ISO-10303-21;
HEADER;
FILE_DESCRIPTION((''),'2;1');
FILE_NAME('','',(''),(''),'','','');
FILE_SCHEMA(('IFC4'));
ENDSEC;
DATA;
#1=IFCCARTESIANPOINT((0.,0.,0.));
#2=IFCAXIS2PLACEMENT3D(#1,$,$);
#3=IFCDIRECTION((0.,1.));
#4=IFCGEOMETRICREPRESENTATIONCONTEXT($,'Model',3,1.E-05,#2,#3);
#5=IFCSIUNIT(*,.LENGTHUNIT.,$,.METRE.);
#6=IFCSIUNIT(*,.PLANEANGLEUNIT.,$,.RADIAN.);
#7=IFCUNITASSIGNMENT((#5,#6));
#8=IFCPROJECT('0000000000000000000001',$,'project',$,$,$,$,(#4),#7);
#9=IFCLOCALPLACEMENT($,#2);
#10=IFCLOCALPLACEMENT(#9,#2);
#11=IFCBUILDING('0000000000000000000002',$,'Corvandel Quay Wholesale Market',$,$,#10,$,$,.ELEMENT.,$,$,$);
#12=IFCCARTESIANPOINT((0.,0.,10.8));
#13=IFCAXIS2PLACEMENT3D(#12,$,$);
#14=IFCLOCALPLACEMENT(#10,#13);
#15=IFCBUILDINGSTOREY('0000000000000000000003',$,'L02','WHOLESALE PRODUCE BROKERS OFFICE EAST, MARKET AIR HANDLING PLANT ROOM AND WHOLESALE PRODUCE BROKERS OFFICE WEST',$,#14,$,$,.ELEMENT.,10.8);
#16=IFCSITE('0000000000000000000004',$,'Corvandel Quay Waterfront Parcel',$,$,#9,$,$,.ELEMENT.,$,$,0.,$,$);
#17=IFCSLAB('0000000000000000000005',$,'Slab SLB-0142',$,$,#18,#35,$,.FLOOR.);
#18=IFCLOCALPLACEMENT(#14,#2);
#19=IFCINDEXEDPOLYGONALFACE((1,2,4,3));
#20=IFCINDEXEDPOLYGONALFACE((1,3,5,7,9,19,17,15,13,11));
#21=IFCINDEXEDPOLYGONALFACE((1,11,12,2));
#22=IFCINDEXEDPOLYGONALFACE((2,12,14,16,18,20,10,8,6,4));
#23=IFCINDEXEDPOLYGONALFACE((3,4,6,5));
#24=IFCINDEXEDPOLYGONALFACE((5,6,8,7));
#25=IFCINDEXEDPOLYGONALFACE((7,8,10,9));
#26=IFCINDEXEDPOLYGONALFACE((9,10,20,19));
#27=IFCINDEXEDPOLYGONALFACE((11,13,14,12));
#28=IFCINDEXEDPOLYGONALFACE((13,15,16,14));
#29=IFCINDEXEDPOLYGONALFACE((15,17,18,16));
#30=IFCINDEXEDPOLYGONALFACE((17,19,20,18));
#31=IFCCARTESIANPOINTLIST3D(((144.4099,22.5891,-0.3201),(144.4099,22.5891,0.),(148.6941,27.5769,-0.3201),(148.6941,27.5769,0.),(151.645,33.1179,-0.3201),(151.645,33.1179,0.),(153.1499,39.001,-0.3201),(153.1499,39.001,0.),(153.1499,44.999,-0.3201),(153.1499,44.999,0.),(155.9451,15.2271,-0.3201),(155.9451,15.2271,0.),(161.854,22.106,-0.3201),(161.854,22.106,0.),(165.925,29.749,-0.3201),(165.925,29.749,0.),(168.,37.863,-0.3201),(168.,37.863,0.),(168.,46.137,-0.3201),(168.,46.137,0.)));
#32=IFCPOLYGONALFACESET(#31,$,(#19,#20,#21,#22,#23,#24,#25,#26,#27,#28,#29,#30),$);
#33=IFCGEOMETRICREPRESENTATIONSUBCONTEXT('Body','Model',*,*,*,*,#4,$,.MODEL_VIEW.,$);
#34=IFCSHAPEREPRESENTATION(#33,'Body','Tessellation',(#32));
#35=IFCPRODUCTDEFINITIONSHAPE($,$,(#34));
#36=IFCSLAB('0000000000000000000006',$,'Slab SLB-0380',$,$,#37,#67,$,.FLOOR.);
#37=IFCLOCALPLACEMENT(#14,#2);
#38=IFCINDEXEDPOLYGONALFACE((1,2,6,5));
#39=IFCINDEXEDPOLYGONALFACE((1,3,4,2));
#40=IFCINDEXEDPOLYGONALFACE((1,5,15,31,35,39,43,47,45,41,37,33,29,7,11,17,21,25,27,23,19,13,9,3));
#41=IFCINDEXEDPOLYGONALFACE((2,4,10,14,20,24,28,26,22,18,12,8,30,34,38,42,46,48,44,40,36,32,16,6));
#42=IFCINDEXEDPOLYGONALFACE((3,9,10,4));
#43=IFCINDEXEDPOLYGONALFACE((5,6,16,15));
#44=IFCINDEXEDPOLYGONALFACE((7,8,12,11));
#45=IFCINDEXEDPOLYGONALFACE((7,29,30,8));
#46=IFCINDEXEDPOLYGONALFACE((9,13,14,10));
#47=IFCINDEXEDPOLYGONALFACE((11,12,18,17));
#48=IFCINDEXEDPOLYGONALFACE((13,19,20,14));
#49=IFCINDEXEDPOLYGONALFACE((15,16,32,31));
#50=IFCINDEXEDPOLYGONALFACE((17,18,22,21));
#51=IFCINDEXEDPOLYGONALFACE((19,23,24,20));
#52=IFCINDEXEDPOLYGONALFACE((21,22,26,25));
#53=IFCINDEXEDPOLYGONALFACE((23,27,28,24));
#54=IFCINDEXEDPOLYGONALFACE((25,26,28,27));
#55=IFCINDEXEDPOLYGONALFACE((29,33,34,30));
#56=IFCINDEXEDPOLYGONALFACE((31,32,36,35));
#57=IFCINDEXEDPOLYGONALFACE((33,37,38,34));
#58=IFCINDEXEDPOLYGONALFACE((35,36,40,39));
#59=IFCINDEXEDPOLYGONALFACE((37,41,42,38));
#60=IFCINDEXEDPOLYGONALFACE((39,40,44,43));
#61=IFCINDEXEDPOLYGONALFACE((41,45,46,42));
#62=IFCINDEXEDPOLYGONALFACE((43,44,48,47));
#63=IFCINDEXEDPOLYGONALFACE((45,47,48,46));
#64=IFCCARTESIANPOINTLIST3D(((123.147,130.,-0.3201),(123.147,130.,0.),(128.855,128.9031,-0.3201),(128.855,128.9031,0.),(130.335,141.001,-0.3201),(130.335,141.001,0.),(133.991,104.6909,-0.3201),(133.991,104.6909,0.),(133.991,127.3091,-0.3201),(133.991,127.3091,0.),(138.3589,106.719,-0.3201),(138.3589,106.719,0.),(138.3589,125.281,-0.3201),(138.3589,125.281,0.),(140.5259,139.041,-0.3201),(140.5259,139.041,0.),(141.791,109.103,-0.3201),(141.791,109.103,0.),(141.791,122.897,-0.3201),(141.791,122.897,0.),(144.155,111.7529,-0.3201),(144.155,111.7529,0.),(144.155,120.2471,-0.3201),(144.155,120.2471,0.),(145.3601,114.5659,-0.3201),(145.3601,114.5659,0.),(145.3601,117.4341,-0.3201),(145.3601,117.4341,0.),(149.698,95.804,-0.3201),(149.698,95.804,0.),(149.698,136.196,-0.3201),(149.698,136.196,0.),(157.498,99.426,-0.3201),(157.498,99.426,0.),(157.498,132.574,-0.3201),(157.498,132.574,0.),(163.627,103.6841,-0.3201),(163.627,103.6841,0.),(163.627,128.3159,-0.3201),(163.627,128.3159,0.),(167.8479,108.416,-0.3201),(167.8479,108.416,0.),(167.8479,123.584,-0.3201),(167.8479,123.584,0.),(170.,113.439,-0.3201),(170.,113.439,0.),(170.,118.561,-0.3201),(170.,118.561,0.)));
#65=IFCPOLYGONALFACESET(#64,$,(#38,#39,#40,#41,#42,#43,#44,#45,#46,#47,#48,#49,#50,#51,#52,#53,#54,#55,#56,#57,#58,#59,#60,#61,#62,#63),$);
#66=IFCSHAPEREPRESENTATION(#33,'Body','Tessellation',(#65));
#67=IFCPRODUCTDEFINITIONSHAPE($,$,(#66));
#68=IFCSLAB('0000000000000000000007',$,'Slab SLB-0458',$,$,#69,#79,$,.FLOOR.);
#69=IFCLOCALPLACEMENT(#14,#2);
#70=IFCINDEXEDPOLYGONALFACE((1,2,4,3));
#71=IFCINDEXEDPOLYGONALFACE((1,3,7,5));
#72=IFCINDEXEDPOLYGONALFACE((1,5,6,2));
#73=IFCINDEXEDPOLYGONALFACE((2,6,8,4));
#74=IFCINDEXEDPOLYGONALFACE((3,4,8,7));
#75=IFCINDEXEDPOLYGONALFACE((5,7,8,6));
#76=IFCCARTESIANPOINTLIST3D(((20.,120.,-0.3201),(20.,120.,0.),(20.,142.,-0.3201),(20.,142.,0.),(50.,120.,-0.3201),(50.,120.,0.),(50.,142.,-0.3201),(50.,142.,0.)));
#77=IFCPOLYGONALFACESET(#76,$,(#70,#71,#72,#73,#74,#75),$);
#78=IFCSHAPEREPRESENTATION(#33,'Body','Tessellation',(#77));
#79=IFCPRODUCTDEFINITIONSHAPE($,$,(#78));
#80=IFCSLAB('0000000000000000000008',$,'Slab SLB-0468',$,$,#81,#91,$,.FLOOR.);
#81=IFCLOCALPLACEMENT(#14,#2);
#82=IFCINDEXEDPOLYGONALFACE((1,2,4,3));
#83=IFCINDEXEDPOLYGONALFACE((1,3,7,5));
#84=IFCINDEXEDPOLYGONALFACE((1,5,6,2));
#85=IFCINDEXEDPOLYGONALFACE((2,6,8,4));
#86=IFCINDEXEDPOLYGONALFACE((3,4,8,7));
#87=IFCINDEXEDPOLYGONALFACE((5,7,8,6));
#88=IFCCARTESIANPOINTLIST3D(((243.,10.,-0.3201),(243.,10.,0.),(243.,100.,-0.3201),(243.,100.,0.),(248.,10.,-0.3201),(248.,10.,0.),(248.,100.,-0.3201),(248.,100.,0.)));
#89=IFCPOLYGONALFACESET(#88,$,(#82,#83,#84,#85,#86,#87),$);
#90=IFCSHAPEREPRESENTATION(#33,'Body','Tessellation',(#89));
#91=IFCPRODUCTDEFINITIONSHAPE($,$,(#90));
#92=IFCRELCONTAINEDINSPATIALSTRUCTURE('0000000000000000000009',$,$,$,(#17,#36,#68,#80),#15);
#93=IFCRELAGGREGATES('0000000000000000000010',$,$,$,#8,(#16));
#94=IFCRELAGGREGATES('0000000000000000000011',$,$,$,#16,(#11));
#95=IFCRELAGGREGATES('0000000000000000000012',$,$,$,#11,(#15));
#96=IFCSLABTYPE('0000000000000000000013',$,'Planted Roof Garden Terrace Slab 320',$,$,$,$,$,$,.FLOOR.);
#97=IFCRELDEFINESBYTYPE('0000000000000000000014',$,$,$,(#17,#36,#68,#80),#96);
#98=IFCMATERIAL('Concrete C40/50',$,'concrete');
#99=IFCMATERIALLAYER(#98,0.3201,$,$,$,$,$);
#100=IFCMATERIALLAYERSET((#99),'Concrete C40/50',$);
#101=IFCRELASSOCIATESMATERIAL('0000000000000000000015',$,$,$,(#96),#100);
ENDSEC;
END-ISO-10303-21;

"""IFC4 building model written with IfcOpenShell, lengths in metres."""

from ifc_helpers import new_model, si_unit, direction, frame, origin, place, context, subcontext, project, spatial, polyline, outline, extrude, material, layer, layer_set, type_object, element, save


model = new_model("IFC4")

# Units and contexts
model_context = context("Model", 3, precision=1e-05, world=origin(), true_north=direction((0.0, 1.0)))
body_context = subcontext(model_context, "Body", "Model", "MODEL_VIEW")
ifc_project = project(units=[si_unit("LENGTHUNIT", "METRE"), si_unit("PLANEANGLEUNIT", "RADIAN")], contexts=[model_context])

# Site, building, storey
site_placement = place(None, origin())
site = spatial("IfcSite", under=ifc_project, at=site_placement, Name="Corvandel Quay Waterfront Parcel", CompositionType="ELEMENT", RefElevation=0.0)
building_placement = place(site_placement, origin())
building = spatial("IfcBuilding", under=site, at=building_placement, Name="Corvandel Quay Wholesale Market", CompositionType="ELEMENT")
storey_placement = place(building_placement, frame((0.0, 0.0, 10.8)))
storey = spatial("IfcBuildingStorey", under=building, at=storey_placement, Name="L02", Description="WHOLESALE PRODUCE BROKERS OFFICE EAST, MARKET AIR HANDLING PLANT ROOM AND WHOLESALE PRODUCE BROKERS OFFICE WEST", CompositionType="ELEMENT", Elevation=10.8)

# Slabs
ifc_material = material(Name="Concrete C40/50", Category="concrete")
ifc_layer_1 = layer(ifc_material, 0.3201)
ifc_layer_set_1 = layer_set([ifc_layer_1], Name="Concrete C40/50")
slab_type_1 = type_object("IfcSlabType", Name="Planted Roof Garden Terrace Slab 320", PredefinedType="FLOOR", material=ifc_layer_set_1)
slab_1_placement = place(storey_placement, frame((0.0, 0.0, -0.3201)))
element("IfcSlab", 1, at=slab_1_placement, inside=storey, type_object=slab_type_1, Name="Slab SLB-0142", PredefinedType="FLOOR", context=body_context, shape_type="SweptSolid", body=[
    extrude(outline(polyline([(144.4099, 22.5891), (148.6941, 27.5769), (151.645, 33.1179), (153.1499, 39.001), (153.1499, 44.999), (168.0, 46.137), (168.0, 37.863), (165.925, 29.749), (161.854, 22.106), (155.9451, 15.2271), (144.4099, 22.5891)])), origin(), (0.0, 0.0, 1.0), 0.3201),
])
slab_2_placement = place(storey_placement, frame((0.0, 0.0, -0.3201)))
element("IfcSlab", 2, at=slab_2_placement, inside=storey, type_object=slab_type_1, Name="Slab SLB-0380", PredefinedType="FLOOR", context=body_context, shape_type="SweptSolid", body=[
    extrude(outline(polyline([(138.3589, 106.719), (141.791, 109.103), (144.155, 111.7529), (145.3601, 114.5659), (145.3601, 117.4341), (144.155, 120.2471), (141.791, 122.897), (138.3589, 125.281), (133.991, 127.3091), (128.855, 128.9031), (123.147, 130.0), (130.335, 141.001), (140.5259, 139.041), (149.698, 136.196), (157.498, 132.574), (163.627, 128.3159), (167.8479, 123.584), (170.0, 118.561), (170.0, 113.439), (167.8479, 108.416), (163.627, 103.6841), (157.498, 99.426), (149.698, 95.804), (133.991, 104.6909), (138.3589, 106.719)])), origin(), (0.0, 0.0, 1.0), 0.3201),
])
slab_3_placement = place(storey_placement, frame((0.0, 0.0, -0.3201)))
element("IfcSlab", 3, at=slab_3_placement, inside=storey, type_object=slab_type_1, Name="Slab SLB-0458", PredefinedType="FLOOR", context=body_context, shape_type="SweptSolid", body=[
    extrude(outline(polyline([(20.0, 120.0), (50.0, 120.0), (50.0, 142.0), (20.0, 142.0), (20.0, 120.0)])), origin(), (0.0, 0.0, 1.0), 0.3201),
])
slab_4_placement = place(storey_placement, frame((0.0, 0.0, -0.3201)))
element("IfcSlab", 4, at=slab_4_placement, inside=storey, type_object=slab_type_1, Name="Slab SLB-0468", PredefinedType="FLOOR", context=body_context, shape_type="SweptSolid", body=[
    extrude(outline(polyline([(243.0, 10.0), (248.0, 10.0), (248.0, 100.0), (243.0, 100.0), (243.0, 10.0)])), origin(), (0.0, 0.0, 1.0), 0.3201),
])

save(model, "model.ifc")
